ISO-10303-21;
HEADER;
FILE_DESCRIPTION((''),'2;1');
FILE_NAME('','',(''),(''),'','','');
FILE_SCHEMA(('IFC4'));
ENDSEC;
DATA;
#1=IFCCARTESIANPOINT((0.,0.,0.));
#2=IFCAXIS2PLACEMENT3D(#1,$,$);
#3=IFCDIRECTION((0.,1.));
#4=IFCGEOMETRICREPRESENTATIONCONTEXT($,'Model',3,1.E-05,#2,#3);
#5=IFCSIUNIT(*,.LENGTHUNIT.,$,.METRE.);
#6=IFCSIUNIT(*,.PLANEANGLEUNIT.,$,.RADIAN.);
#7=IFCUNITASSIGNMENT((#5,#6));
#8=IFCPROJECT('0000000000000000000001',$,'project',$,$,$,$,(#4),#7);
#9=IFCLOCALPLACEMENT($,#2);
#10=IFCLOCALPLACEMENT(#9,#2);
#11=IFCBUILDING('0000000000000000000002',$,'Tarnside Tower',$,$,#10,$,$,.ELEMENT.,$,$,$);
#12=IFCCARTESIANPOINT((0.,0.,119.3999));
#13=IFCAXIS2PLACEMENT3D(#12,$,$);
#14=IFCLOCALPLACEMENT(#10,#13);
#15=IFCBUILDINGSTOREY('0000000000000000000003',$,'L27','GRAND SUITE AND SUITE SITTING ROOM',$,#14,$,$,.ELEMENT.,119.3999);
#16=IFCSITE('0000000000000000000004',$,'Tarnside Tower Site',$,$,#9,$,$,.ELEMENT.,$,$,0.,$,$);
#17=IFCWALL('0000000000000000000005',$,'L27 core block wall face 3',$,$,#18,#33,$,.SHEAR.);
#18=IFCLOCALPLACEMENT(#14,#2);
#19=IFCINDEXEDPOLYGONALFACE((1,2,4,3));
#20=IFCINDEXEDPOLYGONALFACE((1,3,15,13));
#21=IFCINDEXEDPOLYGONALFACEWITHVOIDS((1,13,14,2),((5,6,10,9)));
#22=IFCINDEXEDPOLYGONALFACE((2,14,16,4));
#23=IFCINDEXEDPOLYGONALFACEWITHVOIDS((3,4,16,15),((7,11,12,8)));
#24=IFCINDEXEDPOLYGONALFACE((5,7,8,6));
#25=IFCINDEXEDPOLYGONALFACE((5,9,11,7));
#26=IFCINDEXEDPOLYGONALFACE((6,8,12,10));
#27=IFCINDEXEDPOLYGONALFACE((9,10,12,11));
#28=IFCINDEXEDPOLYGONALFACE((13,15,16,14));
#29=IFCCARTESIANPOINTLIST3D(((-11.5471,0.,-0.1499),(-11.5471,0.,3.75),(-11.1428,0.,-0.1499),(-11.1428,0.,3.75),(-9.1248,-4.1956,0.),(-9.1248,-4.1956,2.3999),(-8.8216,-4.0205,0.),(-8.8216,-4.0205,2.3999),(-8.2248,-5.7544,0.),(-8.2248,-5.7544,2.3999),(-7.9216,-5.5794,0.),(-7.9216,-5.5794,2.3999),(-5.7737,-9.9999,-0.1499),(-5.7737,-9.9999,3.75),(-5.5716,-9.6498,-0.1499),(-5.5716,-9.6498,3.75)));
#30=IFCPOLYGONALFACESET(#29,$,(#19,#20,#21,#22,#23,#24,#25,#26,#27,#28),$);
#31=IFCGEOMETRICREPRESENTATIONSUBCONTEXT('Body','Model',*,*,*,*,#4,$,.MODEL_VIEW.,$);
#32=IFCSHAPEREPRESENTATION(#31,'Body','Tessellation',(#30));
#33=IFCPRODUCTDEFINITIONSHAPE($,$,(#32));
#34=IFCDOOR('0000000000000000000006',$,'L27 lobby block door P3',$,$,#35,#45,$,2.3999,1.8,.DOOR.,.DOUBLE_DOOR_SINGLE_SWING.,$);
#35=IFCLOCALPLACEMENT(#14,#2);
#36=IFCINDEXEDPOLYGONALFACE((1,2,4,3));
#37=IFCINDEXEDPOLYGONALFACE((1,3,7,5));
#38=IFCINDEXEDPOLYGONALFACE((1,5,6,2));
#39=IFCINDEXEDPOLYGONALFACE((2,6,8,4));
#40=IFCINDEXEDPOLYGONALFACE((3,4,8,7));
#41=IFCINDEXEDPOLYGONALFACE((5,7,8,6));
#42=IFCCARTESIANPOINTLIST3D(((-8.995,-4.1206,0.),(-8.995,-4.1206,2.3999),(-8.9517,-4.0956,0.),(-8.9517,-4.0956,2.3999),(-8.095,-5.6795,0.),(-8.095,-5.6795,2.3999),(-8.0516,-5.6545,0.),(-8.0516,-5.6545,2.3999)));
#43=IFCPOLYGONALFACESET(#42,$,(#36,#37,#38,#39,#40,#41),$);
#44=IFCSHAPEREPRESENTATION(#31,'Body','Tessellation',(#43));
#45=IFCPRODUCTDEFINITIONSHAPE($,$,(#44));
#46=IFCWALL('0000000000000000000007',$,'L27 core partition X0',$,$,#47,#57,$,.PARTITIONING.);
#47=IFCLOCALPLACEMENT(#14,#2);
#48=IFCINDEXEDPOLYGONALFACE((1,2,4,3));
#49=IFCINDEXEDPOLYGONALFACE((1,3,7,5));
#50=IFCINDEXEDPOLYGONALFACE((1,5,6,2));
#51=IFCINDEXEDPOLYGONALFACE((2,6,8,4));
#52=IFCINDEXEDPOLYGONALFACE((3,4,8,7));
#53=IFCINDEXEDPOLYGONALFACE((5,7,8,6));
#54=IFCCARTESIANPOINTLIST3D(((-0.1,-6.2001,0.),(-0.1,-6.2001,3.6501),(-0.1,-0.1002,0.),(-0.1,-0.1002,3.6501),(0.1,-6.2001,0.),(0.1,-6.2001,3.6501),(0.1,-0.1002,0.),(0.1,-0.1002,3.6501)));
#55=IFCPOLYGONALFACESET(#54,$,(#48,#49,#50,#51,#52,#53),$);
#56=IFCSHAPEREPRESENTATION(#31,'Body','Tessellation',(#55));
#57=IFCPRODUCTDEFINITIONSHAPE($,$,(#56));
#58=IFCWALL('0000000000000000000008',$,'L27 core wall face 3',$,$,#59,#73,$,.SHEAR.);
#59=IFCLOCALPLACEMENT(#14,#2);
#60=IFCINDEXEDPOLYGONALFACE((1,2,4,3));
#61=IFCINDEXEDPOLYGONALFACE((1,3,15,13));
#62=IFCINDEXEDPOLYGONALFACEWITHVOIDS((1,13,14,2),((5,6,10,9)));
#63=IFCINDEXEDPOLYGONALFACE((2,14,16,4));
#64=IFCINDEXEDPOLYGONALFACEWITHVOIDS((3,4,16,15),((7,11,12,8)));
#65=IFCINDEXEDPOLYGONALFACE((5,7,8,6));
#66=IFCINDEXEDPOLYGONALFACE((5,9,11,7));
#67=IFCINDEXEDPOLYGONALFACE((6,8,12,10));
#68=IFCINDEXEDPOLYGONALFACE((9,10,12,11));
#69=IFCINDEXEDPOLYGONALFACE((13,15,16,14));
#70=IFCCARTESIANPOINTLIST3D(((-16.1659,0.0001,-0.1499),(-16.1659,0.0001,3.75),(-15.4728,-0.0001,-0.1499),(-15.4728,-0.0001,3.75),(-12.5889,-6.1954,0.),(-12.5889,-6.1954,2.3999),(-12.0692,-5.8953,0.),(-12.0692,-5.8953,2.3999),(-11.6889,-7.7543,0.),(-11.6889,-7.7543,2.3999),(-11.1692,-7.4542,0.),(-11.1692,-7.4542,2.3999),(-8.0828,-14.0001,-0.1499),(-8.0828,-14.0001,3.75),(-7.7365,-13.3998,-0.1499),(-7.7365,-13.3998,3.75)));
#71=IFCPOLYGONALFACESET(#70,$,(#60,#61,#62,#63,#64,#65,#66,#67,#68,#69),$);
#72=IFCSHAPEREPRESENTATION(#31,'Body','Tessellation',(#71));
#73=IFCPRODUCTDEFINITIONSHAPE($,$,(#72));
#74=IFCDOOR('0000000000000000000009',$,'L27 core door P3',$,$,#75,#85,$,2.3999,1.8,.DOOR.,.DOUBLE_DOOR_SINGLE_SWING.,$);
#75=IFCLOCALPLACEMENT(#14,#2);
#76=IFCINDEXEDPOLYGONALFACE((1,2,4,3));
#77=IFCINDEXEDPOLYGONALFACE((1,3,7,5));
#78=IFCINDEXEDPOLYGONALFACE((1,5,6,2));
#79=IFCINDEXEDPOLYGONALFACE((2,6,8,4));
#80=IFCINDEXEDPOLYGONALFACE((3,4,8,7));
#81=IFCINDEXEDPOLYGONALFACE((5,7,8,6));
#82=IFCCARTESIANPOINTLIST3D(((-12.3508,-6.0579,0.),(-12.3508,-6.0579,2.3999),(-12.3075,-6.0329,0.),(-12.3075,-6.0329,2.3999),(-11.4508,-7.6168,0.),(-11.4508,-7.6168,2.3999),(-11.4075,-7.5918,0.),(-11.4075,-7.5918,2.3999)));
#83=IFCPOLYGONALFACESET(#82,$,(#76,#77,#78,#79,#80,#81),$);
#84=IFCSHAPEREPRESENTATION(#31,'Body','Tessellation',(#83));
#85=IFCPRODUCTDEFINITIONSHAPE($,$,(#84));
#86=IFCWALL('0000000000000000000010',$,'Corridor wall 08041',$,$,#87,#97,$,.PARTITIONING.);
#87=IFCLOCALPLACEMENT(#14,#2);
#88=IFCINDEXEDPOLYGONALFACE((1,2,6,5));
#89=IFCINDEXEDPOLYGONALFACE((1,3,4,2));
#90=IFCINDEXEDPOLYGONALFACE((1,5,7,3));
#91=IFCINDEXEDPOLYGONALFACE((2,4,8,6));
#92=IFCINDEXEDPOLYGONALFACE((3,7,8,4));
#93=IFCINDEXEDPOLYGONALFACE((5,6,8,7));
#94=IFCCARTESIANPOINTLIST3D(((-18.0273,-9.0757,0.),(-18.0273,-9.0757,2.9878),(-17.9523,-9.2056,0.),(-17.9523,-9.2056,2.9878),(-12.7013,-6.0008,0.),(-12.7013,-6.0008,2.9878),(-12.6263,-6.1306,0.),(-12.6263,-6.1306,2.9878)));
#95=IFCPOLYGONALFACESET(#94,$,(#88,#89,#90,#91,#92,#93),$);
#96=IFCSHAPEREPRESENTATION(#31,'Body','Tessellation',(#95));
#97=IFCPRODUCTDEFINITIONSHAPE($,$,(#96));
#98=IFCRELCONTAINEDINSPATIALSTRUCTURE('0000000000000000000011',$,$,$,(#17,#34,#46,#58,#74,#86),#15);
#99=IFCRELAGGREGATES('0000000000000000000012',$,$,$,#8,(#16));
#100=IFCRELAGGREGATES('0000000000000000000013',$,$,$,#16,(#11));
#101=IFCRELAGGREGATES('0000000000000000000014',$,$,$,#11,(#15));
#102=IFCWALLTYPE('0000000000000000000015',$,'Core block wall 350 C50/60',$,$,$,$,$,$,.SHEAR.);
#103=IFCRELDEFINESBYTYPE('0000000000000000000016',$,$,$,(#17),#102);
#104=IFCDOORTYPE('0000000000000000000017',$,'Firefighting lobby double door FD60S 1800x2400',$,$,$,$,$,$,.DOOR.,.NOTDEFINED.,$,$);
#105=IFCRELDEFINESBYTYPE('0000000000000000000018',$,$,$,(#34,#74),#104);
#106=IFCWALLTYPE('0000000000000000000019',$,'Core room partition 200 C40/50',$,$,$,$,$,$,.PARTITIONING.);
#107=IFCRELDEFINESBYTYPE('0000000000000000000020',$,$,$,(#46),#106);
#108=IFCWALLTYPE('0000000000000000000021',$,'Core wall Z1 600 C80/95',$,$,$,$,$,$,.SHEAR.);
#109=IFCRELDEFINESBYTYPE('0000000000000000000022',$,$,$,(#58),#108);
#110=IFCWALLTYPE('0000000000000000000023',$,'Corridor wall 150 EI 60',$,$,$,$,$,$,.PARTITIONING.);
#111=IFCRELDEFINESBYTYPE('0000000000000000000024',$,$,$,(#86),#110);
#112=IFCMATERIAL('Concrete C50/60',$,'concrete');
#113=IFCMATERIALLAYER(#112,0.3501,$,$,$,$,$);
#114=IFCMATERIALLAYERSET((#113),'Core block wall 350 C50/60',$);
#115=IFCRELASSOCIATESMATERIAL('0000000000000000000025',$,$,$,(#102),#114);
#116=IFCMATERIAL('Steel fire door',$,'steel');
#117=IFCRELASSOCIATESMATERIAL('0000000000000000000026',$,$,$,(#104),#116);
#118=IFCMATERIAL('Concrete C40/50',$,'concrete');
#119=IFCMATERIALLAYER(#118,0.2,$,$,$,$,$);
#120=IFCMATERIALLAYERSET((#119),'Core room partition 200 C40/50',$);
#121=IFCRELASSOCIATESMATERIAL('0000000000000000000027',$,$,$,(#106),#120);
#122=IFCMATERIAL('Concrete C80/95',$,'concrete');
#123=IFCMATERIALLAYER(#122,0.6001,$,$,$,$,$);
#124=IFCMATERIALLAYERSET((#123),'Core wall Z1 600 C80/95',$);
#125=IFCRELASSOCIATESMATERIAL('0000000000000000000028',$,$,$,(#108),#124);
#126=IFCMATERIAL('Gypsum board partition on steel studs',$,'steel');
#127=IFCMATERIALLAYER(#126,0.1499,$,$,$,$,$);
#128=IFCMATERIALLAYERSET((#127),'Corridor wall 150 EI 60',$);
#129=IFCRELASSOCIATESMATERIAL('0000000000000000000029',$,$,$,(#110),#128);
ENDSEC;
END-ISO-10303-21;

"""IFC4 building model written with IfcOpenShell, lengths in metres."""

from ifc_helpers import new_model, si_unit, direction, frame, frame_2d, origin, place, context, subcontext, project, spatial, polyline, rectangle, outline, extrude, material, layer, layer_set, type_object, element, fill, save


model = new_model("IFC4")

# Units and contexts
model_context = context("Model", 3, precision=1e-05, world=origin(), true_north=direction((0.0, 1.0)))
body_context = subcontext(model_context, "Body", "Model", "MODEL_VIEW")
ifc_project = project(units=[si_unit("LENGTHUNIT", "METRE"), si_unit("PLANEANGLEUNIT", "RADIAN")], contexts=[model_context])

# Site, building, storey
site_placement = place(None, origin())
site = spatial("IfcSite", under=ifc_project, at=site_placement, Name="Tarnside Tower Site", CompositionType="ELEMENT", RefElevation=0.0)
building_placement = place(site_placement, origin())
building = spatial("IfcBuilding", under=site, at=building_placement, Name="Tarnside Tower", CompositionType="ELEMENT")
storey_placement = place(building_placement, frame((0.0, 0.0, 119.3999)))
storey = spatial("IfcBuildingStorey", under=building, at=storey_placement, Name="L27", Description="GRAND SUITE AND SUITE SITTING ROOM", CompositionType="ELEMENT", Elevation=119.3999)

# Wall, opening, door
ifc_material_1 = material(Name="Concrete C50/60", Category="concrete")
ifc_layer_1 = layer(ifc_material_1, 0.3501)
ifc_layer_set_1 = layer_set([ifc_layer_1], Name="Core block wall 350 C50/60")
wall_type_1 = type_object("IfcWallType", Name="Core block wall 350 C50/60", PredefinedType="SHEAR", material=ifc_layer_set_1)
wall_1_placement = place(storey_placement, frame((-11.345, 0.0, -0.1499), z_axis=(0.0, 0.0, 1.0), x_axis=(0.499995, -0.866028, 0.0)))
wall_1 = element("IfcWall", 1, at=wall_1_placement, inside=storey, type_object=wall_type_1, Name="L27 core block wall face 3", PredefinedType="SHEAR", context=body_context, shape_type="SweptSolid", body=[
    extrude(outline(polyline([(-0.1011, -0.175), (11.4458, -0.175), (11.2437, 0.175), (0.1011, 0.175), (-0.1011, -0.175)])), origin(), (0.0, 0.0, 1.0), 3.8999),
])
opening_1_placement = place(wall_1_placement, frame((4.7437, 0.0, 0.1499)))
opening_1 = element("IfcOpeningElement", 2, at=opening_1_placement, cuts=wall_1, PredefinedType="OPENING", context=body_context, shape_type="SweptSolid", body=[
    extrude(rectangle(XDim=1.8, YDim=2.3999, at=frame_2d((0.8999, 1.2))), frame((0.0, 0.1851, 0.0), z_axis=(0.0, -1.0, 0.0), x_axis=(1.0, 0.0, 0.0)), (0.0, 0.0, 1.0), 0.3701),
])
ifc_material_2 = material(Name="Steel fire door", Category="steel")
door_type_1 = type_object("IfcDoorType", Name="Firefighting lobby double door FD60S 1800x2400", OperationType="NOTDEFINED", PredefinedType="DOOR", material=ifc_material_2)
door_1_placement = place(opening_1_placement, origin())
door_1 = element("IfcDoor", 3, at=door_1_placement, inside=storey, type_object=door_type_1, Name="L27 lobby block door P3", OperationType="DOUBLE_DOOR_SINGLE_SWING", OverallHeight=2.3999, OverallWidth=1.8, PredefinedType="DOOR", context=body_context, shape_type="SweptSolid", body=[
    extrude(rectangle(XDim=1.8, YDim=2.3999, at=frame_2d((0.8999, 1.2))), frame((0.0, 0.0249, 0.0), z_axis=(0.0, -1.0, 0.0), x_axis=(1.0, 0.0, 0.0)), (0.0, 0.0, 1.0), 0.05),
])
fill(opening_1, door_1)

# Wall
ifc_material_3 = material(Name="Concrete C40/50", Category="concrete")
ifc_layer_2 = layer(ifc_material_3, 0.2)
ifc_layer_set_2 = layer_set([ifc_layer_2], Name="Core room partition 200 C40/50")
wall_type_2 = type_object("IfcWallType", Name="Core room partition 200 C40/50", PredefinedType="PARTITIONING", material=ifc_layer_set_2)
wall_2_placement = place(storey_placement, frame((0.0, -6.2, 0.0), z_axis=(0.0, 0.0, 1.0), x_axis=(0.0, 1.0, 0.0)))
element("IfcWall", 4, at=wall_2_placement, inside=storey, type_object=wall_type_2, Name="L27 core partition X0", PredefinedType="PARTITIONING", context=body_context, shape_type="SweptSolid", body=[
    extrude(rectangle(XDim=6.0999, YDim=0.2, at=frame_2d((3.0498, 0.0))), origin(), (0.0, 0.0, 1.0), 3.6501),
])

# Wall, opening, door
ifc_material_4 = material(Name="Concrete C80/95", Category="concrete")
ifc_layer_3 = layer(ifc_material_4, 0.6001)
ifc_layer_set_3 = layer_set([ifc_layer_3], Name="Core wall Z1 600 C80/95")
wall_type_3 = type_object("IfcWallType", Name="Core wall Z1 600 C80/95", PredefinedType="SHEAR", material=ifc_layer_set_3)
wall_3_placement = place(storey_placement, frame((-15.8193, 0.0, -0.1499), z_axis=(0.0, 0.0, 1.0), x_axis=(0.5, -0.866025, 0.0)))
wall_3 = element("IfcWall", 5, at=wall_3_placement, inside=storey, type_object=wall_type_3, Name="L27 core wall face 3", PredefinedType="SHEAR", context=body_context, shape_type="SweptSolid", body=[
    extrude(outline(polyline([(-0.1733, -0.3), (15.9927, -0.3), (15.646, 0.3), (0.1733, 0.3), (-0.1733, -0.3)])), origin(), (0.0, 0.0, 1.0), 3.8999),
])
opening_2_placement = place(wall_3_placement, frame((6.9807, 0.0, 0.1499)))
opening_2 = element("IfcOpeningElement", 6, at=opening_2_placement, cuts=wall_3, PredefinedType="OPENING", context=body_context, shape_type="SweptSolid", body=[
    extrude(rectangle(XDim=1.8, YDim=2.3999, at=frame_2d((0.8999, 1.2))), frame((0.0, 0.3101, 0.0), z_axis=(0.0, -1.0, 0.0), x_axis=(1.0, 0.0, 0.0)), (0.0, 0.0, 1.0), 0.6201),
])
door_2_placement = place(opening_2_placement, origin())
door_2 = element("IfcDoor", 7, at=door_2_placement, inside=storey, type_object=door_type_1, Name="L27 core door P3", OperationType="DOUBLE_DOOR_SINGLE_SWING", OverallHeight=2.3999, OverallWidth=1.8, PredefinedType="DOOR", context=body_context, shape_type="SweptSolid", body=[
    extrude(rectangle(XDim=1.8, YDim=2.3999, at=frame_2d((0.8999, 1.2))), frame((0.0, 0.0249, 0.0), z_axis=(0.0, -1.0, 0.0), x_axis=(1.0, 0.0, 0.0)), (0.0, 0.0, 1.0), 0.05),
])
fill(opening_2, door_2)

# Wall
ifc_material_5 = material(Name="Gypsum board partition on steel studs", Category="steel")
ifc_layer_4 = layer(ifc_material_5, 0.1499)
ifc_layer_set_4 = layer_set([ifc_layer_4], Name="Corridor wall 150 EI 60")
wall_type_4 = type_object("IfcWallType", Name="Corridor wall 150 EI 60", PredefinedType="PARTITIONING", material=ifc_layer_set_4)
wall_4_placement = place(storey_placement, frame((-12.6638, -6.0657, 0.0), z_axis=(0.0, 0.0, 1.0), x_axis=(-0.866024, -0.500003, 0.0)))
element("IfcWall", 8, at=wall_4_placement, inside=storey, type_object=wall_type_4, Name="Corridor wall 08041", PredefinedType="PARTITIONING", context=body_context, shape_type="SweptSolid", body=[
    extrude(rectangle(XDim=6.1499, YDim=0.1499, at=frame_2d((3.075, 0.0))), origin(), (0.0, 0.0, 1.0), 2.9878),
])

save(model, "model.ifc")
